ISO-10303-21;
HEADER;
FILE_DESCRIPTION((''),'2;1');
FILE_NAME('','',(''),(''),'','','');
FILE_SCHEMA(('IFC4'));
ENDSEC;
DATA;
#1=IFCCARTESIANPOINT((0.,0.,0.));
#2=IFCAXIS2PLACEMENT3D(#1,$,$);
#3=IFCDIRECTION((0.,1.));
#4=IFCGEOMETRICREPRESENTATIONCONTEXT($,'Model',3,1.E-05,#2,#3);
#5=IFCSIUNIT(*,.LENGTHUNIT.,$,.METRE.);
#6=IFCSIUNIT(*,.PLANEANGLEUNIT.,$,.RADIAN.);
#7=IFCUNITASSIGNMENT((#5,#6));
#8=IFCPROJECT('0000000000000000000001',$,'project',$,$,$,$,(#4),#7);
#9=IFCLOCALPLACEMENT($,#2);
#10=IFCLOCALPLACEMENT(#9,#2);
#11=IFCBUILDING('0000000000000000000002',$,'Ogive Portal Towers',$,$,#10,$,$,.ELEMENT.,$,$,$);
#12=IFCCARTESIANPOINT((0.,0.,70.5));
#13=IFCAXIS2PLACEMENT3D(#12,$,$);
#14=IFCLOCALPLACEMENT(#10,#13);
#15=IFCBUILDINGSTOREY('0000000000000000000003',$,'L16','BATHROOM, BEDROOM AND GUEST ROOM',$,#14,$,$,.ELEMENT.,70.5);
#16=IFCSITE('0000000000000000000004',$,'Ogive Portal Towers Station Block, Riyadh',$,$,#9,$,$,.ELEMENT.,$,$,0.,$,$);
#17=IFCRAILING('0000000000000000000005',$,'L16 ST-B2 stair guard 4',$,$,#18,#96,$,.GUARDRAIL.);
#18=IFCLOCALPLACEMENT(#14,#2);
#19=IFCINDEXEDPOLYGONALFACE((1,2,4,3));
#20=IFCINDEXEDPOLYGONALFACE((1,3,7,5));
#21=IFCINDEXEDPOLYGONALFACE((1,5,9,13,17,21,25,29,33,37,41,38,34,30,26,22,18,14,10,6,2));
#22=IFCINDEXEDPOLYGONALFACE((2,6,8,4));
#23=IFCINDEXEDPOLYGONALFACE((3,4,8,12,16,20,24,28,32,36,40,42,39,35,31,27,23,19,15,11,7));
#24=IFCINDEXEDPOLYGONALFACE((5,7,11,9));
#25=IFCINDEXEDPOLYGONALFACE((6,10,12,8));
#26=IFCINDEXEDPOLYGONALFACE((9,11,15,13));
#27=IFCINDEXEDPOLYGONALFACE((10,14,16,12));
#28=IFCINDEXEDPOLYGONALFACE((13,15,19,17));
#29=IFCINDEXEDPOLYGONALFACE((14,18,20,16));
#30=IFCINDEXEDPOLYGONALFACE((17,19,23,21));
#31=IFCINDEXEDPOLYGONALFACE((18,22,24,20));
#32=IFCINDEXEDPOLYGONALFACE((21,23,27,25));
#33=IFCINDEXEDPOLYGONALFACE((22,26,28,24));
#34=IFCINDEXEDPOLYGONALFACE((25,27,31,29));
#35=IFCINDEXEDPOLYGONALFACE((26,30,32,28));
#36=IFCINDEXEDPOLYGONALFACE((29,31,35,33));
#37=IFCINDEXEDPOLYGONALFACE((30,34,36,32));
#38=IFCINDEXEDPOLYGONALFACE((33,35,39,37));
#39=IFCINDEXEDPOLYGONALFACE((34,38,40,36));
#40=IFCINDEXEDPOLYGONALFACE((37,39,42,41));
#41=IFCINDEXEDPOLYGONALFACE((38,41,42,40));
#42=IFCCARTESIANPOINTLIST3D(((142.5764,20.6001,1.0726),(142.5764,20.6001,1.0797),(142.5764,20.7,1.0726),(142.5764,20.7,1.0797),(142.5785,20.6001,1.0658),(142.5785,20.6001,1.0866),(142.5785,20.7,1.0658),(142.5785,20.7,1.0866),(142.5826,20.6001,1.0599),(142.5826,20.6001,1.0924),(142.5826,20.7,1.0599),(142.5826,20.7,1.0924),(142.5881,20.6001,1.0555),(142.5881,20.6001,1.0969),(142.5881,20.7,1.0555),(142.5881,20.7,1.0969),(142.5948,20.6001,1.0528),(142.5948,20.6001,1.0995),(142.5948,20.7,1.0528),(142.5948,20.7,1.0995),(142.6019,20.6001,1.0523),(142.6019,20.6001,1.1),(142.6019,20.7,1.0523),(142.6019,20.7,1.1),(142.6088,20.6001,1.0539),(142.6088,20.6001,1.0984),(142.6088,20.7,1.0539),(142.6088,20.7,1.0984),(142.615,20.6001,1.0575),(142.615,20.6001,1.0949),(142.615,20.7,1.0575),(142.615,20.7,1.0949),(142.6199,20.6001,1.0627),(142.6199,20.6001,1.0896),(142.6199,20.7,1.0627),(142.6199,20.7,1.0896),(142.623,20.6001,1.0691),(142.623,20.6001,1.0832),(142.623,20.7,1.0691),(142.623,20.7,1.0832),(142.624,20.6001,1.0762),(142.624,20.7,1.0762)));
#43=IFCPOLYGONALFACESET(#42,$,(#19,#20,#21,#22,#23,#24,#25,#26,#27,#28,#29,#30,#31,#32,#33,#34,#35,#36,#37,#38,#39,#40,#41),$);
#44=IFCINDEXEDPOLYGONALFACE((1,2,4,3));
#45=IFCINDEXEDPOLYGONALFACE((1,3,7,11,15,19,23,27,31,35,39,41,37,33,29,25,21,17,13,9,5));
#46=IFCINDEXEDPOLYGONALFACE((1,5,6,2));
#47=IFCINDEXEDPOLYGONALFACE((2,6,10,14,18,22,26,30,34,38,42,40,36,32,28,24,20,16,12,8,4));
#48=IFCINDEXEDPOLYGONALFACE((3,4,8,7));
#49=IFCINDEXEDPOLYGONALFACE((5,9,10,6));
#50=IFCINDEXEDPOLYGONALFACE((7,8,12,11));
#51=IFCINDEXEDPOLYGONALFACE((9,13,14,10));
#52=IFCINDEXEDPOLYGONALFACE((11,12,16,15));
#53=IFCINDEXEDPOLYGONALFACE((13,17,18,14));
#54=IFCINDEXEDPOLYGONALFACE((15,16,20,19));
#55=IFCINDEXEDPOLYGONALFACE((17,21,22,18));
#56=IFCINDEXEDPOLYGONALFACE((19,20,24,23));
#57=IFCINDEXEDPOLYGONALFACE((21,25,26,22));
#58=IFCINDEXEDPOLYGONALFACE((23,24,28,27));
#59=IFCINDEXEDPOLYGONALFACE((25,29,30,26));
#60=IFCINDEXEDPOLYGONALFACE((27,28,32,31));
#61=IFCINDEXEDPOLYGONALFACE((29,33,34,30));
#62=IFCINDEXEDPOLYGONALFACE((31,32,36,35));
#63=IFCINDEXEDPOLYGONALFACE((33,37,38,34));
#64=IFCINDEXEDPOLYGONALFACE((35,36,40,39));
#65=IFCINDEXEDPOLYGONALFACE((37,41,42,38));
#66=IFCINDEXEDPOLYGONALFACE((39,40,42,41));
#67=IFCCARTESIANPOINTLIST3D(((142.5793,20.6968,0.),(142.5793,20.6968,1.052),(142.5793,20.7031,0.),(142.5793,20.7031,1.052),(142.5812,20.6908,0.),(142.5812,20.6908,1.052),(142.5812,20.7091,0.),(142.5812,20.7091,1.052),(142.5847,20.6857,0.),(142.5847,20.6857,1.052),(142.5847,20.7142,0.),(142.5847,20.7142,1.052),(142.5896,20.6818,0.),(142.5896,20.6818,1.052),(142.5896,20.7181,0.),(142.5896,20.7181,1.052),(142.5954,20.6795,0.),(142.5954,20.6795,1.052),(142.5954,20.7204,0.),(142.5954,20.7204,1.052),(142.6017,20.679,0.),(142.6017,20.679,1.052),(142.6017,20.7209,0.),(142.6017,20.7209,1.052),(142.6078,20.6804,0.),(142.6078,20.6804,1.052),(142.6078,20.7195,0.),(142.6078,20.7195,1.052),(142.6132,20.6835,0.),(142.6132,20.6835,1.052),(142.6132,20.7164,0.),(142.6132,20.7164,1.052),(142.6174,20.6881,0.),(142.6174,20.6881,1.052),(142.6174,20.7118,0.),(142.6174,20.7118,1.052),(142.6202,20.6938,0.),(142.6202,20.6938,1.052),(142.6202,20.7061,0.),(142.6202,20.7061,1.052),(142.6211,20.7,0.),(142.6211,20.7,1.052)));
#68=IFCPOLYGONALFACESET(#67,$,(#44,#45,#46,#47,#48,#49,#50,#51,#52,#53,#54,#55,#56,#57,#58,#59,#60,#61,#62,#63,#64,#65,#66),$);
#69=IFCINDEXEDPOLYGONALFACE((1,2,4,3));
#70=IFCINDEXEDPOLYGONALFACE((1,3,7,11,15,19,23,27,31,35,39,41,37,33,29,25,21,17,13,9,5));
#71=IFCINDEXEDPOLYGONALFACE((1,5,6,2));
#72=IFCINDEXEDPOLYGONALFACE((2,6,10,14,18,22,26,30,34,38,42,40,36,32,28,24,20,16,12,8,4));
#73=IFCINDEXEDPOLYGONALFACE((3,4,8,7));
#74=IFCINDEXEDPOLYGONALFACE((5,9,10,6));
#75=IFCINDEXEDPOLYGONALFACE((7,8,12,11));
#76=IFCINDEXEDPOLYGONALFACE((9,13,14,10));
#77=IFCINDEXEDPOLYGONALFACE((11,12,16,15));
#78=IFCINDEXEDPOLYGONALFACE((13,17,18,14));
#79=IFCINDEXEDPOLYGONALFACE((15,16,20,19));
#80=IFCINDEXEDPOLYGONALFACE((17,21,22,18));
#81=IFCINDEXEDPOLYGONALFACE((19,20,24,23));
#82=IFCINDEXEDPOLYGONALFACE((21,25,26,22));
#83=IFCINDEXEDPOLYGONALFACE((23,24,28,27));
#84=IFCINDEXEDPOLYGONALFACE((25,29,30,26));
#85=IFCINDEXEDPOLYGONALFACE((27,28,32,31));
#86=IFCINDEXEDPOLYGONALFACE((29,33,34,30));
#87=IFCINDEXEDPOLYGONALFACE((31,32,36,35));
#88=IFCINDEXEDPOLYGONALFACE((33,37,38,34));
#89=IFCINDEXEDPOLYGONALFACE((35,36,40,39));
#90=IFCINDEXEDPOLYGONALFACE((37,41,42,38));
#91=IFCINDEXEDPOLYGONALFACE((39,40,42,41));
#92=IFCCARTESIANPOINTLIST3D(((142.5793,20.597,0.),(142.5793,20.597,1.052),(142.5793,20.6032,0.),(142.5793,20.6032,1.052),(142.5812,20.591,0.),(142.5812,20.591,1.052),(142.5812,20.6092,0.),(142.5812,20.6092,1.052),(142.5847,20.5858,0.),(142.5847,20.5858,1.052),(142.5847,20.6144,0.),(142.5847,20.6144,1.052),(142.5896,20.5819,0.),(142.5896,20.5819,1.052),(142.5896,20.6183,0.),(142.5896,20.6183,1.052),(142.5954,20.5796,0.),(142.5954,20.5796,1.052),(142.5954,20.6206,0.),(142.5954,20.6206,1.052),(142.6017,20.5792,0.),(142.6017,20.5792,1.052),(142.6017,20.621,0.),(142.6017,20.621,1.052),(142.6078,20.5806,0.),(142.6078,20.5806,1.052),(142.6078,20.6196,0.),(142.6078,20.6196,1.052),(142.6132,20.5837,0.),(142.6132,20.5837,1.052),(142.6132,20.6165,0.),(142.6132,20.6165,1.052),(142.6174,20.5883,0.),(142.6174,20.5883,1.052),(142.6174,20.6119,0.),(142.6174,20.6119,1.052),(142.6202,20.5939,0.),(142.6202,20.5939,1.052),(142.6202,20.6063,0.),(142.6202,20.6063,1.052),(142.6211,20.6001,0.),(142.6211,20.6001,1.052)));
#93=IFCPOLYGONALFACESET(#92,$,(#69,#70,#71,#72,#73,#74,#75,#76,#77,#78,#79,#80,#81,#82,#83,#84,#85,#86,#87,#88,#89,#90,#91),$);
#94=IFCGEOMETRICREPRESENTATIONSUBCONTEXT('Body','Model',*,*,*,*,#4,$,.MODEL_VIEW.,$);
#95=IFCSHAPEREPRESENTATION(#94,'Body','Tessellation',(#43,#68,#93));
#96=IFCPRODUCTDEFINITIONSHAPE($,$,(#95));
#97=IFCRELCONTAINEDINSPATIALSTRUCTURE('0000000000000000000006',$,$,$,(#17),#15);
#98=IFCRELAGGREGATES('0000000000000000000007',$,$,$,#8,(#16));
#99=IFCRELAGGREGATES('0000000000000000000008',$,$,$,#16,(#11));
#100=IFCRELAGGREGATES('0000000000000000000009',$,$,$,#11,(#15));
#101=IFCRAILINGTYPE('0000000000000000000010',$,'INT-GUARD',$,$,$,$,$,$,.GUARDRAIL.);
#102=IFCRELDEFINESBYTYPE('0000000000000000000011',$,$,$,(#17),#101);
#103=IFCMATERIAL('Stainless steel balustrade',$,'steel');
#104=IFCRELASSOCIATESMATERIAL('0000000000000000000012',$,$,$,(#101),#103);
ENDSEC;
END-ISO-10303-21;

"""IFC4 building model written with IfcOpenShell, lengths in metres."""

from ifc_helpers import new_model, si_unit, direction, frame, origin, origin_2d, place, context, subcontext, project, spatial, circle, extrude, material, type_object, element, save


model = new_model("IFC4")

# Units and contexts
model_context = context("Model", 3, precision=1e-05, world=origin(), true_north=direction((0.0, 1.0)))
body_context = subcontext(model_context, "Body", "Model", "MODEL_VIEW")
ifc_project = project(units=[si_unit("LENGTHUNIT", "METRE"), si_unit("PLANEANGLEUNIT", "RADIAN")], contexts=[model_context])

# Site, building, storey
site_placement = place(None, origin())
site = spatial("IfcSite", under=ifc_project, at=site_placement, Name="Ogive Portal Towers Station Block, Riyadh", CompositionType="ELEMENT", RefElevation=0.0)
building_placement = place(site_placement, origin())
building = spatial("IfcBuilding", under=site, at=building_placement, Name="Ogive Portal Towers", CompositionType="ELEMENT")
storey_placement = place(building_placement, frame((0.0, 0.0, 70.5)))
storey = spatial("IfcBuildingStorey", under=building, at=storey_placement, Name="L16", Description="BATHROOM, BEDROOM AND GUEST ROOM", CompositionType="ELEMENT", Elevation=70.5)

# Railing
ifc_material_1 = material(Name="Stainless steel balustrade", Category="steel")
railing_type_1 = type_object("IfcRailingType", Name="INT-GUARD", PredefinedType="GUARDRAIL", material=ifc_material_1)
railing_1_placement = place(storey_placement, frame((142.6001, 20.7, 0.0)))
element("IfcRailing", 1, at=railing_1_placement, inside=storey, type_object=railing_type_1, Name="L16 ST-B2 stair guard 4", PredefinedType="GUARDRAIL", context=body_context, shape_type="SweptSolid", body=[
    extrude(circle(Radius=0.0239, at=origin_2d()), frame((0.0, 0.0, 1.0762), z_axis=(0.0, -1.0, 0.0), x_axis=(1.0, 0.0, 0.0)), (0.0, 0.0, 1.0), 0.0999),
    extrude(circle(Radius=0.021, at=origin_2d()), origin(), (0.0, 0.0, 1.0), 1.052),
    extrude(circle(Radius=0.021, at=origin_2d()), frame((0.0, -0.0999, 0.0)), (0.0, 0.0, 1.0), 1.052),
])

save(model, "model.ifc")
